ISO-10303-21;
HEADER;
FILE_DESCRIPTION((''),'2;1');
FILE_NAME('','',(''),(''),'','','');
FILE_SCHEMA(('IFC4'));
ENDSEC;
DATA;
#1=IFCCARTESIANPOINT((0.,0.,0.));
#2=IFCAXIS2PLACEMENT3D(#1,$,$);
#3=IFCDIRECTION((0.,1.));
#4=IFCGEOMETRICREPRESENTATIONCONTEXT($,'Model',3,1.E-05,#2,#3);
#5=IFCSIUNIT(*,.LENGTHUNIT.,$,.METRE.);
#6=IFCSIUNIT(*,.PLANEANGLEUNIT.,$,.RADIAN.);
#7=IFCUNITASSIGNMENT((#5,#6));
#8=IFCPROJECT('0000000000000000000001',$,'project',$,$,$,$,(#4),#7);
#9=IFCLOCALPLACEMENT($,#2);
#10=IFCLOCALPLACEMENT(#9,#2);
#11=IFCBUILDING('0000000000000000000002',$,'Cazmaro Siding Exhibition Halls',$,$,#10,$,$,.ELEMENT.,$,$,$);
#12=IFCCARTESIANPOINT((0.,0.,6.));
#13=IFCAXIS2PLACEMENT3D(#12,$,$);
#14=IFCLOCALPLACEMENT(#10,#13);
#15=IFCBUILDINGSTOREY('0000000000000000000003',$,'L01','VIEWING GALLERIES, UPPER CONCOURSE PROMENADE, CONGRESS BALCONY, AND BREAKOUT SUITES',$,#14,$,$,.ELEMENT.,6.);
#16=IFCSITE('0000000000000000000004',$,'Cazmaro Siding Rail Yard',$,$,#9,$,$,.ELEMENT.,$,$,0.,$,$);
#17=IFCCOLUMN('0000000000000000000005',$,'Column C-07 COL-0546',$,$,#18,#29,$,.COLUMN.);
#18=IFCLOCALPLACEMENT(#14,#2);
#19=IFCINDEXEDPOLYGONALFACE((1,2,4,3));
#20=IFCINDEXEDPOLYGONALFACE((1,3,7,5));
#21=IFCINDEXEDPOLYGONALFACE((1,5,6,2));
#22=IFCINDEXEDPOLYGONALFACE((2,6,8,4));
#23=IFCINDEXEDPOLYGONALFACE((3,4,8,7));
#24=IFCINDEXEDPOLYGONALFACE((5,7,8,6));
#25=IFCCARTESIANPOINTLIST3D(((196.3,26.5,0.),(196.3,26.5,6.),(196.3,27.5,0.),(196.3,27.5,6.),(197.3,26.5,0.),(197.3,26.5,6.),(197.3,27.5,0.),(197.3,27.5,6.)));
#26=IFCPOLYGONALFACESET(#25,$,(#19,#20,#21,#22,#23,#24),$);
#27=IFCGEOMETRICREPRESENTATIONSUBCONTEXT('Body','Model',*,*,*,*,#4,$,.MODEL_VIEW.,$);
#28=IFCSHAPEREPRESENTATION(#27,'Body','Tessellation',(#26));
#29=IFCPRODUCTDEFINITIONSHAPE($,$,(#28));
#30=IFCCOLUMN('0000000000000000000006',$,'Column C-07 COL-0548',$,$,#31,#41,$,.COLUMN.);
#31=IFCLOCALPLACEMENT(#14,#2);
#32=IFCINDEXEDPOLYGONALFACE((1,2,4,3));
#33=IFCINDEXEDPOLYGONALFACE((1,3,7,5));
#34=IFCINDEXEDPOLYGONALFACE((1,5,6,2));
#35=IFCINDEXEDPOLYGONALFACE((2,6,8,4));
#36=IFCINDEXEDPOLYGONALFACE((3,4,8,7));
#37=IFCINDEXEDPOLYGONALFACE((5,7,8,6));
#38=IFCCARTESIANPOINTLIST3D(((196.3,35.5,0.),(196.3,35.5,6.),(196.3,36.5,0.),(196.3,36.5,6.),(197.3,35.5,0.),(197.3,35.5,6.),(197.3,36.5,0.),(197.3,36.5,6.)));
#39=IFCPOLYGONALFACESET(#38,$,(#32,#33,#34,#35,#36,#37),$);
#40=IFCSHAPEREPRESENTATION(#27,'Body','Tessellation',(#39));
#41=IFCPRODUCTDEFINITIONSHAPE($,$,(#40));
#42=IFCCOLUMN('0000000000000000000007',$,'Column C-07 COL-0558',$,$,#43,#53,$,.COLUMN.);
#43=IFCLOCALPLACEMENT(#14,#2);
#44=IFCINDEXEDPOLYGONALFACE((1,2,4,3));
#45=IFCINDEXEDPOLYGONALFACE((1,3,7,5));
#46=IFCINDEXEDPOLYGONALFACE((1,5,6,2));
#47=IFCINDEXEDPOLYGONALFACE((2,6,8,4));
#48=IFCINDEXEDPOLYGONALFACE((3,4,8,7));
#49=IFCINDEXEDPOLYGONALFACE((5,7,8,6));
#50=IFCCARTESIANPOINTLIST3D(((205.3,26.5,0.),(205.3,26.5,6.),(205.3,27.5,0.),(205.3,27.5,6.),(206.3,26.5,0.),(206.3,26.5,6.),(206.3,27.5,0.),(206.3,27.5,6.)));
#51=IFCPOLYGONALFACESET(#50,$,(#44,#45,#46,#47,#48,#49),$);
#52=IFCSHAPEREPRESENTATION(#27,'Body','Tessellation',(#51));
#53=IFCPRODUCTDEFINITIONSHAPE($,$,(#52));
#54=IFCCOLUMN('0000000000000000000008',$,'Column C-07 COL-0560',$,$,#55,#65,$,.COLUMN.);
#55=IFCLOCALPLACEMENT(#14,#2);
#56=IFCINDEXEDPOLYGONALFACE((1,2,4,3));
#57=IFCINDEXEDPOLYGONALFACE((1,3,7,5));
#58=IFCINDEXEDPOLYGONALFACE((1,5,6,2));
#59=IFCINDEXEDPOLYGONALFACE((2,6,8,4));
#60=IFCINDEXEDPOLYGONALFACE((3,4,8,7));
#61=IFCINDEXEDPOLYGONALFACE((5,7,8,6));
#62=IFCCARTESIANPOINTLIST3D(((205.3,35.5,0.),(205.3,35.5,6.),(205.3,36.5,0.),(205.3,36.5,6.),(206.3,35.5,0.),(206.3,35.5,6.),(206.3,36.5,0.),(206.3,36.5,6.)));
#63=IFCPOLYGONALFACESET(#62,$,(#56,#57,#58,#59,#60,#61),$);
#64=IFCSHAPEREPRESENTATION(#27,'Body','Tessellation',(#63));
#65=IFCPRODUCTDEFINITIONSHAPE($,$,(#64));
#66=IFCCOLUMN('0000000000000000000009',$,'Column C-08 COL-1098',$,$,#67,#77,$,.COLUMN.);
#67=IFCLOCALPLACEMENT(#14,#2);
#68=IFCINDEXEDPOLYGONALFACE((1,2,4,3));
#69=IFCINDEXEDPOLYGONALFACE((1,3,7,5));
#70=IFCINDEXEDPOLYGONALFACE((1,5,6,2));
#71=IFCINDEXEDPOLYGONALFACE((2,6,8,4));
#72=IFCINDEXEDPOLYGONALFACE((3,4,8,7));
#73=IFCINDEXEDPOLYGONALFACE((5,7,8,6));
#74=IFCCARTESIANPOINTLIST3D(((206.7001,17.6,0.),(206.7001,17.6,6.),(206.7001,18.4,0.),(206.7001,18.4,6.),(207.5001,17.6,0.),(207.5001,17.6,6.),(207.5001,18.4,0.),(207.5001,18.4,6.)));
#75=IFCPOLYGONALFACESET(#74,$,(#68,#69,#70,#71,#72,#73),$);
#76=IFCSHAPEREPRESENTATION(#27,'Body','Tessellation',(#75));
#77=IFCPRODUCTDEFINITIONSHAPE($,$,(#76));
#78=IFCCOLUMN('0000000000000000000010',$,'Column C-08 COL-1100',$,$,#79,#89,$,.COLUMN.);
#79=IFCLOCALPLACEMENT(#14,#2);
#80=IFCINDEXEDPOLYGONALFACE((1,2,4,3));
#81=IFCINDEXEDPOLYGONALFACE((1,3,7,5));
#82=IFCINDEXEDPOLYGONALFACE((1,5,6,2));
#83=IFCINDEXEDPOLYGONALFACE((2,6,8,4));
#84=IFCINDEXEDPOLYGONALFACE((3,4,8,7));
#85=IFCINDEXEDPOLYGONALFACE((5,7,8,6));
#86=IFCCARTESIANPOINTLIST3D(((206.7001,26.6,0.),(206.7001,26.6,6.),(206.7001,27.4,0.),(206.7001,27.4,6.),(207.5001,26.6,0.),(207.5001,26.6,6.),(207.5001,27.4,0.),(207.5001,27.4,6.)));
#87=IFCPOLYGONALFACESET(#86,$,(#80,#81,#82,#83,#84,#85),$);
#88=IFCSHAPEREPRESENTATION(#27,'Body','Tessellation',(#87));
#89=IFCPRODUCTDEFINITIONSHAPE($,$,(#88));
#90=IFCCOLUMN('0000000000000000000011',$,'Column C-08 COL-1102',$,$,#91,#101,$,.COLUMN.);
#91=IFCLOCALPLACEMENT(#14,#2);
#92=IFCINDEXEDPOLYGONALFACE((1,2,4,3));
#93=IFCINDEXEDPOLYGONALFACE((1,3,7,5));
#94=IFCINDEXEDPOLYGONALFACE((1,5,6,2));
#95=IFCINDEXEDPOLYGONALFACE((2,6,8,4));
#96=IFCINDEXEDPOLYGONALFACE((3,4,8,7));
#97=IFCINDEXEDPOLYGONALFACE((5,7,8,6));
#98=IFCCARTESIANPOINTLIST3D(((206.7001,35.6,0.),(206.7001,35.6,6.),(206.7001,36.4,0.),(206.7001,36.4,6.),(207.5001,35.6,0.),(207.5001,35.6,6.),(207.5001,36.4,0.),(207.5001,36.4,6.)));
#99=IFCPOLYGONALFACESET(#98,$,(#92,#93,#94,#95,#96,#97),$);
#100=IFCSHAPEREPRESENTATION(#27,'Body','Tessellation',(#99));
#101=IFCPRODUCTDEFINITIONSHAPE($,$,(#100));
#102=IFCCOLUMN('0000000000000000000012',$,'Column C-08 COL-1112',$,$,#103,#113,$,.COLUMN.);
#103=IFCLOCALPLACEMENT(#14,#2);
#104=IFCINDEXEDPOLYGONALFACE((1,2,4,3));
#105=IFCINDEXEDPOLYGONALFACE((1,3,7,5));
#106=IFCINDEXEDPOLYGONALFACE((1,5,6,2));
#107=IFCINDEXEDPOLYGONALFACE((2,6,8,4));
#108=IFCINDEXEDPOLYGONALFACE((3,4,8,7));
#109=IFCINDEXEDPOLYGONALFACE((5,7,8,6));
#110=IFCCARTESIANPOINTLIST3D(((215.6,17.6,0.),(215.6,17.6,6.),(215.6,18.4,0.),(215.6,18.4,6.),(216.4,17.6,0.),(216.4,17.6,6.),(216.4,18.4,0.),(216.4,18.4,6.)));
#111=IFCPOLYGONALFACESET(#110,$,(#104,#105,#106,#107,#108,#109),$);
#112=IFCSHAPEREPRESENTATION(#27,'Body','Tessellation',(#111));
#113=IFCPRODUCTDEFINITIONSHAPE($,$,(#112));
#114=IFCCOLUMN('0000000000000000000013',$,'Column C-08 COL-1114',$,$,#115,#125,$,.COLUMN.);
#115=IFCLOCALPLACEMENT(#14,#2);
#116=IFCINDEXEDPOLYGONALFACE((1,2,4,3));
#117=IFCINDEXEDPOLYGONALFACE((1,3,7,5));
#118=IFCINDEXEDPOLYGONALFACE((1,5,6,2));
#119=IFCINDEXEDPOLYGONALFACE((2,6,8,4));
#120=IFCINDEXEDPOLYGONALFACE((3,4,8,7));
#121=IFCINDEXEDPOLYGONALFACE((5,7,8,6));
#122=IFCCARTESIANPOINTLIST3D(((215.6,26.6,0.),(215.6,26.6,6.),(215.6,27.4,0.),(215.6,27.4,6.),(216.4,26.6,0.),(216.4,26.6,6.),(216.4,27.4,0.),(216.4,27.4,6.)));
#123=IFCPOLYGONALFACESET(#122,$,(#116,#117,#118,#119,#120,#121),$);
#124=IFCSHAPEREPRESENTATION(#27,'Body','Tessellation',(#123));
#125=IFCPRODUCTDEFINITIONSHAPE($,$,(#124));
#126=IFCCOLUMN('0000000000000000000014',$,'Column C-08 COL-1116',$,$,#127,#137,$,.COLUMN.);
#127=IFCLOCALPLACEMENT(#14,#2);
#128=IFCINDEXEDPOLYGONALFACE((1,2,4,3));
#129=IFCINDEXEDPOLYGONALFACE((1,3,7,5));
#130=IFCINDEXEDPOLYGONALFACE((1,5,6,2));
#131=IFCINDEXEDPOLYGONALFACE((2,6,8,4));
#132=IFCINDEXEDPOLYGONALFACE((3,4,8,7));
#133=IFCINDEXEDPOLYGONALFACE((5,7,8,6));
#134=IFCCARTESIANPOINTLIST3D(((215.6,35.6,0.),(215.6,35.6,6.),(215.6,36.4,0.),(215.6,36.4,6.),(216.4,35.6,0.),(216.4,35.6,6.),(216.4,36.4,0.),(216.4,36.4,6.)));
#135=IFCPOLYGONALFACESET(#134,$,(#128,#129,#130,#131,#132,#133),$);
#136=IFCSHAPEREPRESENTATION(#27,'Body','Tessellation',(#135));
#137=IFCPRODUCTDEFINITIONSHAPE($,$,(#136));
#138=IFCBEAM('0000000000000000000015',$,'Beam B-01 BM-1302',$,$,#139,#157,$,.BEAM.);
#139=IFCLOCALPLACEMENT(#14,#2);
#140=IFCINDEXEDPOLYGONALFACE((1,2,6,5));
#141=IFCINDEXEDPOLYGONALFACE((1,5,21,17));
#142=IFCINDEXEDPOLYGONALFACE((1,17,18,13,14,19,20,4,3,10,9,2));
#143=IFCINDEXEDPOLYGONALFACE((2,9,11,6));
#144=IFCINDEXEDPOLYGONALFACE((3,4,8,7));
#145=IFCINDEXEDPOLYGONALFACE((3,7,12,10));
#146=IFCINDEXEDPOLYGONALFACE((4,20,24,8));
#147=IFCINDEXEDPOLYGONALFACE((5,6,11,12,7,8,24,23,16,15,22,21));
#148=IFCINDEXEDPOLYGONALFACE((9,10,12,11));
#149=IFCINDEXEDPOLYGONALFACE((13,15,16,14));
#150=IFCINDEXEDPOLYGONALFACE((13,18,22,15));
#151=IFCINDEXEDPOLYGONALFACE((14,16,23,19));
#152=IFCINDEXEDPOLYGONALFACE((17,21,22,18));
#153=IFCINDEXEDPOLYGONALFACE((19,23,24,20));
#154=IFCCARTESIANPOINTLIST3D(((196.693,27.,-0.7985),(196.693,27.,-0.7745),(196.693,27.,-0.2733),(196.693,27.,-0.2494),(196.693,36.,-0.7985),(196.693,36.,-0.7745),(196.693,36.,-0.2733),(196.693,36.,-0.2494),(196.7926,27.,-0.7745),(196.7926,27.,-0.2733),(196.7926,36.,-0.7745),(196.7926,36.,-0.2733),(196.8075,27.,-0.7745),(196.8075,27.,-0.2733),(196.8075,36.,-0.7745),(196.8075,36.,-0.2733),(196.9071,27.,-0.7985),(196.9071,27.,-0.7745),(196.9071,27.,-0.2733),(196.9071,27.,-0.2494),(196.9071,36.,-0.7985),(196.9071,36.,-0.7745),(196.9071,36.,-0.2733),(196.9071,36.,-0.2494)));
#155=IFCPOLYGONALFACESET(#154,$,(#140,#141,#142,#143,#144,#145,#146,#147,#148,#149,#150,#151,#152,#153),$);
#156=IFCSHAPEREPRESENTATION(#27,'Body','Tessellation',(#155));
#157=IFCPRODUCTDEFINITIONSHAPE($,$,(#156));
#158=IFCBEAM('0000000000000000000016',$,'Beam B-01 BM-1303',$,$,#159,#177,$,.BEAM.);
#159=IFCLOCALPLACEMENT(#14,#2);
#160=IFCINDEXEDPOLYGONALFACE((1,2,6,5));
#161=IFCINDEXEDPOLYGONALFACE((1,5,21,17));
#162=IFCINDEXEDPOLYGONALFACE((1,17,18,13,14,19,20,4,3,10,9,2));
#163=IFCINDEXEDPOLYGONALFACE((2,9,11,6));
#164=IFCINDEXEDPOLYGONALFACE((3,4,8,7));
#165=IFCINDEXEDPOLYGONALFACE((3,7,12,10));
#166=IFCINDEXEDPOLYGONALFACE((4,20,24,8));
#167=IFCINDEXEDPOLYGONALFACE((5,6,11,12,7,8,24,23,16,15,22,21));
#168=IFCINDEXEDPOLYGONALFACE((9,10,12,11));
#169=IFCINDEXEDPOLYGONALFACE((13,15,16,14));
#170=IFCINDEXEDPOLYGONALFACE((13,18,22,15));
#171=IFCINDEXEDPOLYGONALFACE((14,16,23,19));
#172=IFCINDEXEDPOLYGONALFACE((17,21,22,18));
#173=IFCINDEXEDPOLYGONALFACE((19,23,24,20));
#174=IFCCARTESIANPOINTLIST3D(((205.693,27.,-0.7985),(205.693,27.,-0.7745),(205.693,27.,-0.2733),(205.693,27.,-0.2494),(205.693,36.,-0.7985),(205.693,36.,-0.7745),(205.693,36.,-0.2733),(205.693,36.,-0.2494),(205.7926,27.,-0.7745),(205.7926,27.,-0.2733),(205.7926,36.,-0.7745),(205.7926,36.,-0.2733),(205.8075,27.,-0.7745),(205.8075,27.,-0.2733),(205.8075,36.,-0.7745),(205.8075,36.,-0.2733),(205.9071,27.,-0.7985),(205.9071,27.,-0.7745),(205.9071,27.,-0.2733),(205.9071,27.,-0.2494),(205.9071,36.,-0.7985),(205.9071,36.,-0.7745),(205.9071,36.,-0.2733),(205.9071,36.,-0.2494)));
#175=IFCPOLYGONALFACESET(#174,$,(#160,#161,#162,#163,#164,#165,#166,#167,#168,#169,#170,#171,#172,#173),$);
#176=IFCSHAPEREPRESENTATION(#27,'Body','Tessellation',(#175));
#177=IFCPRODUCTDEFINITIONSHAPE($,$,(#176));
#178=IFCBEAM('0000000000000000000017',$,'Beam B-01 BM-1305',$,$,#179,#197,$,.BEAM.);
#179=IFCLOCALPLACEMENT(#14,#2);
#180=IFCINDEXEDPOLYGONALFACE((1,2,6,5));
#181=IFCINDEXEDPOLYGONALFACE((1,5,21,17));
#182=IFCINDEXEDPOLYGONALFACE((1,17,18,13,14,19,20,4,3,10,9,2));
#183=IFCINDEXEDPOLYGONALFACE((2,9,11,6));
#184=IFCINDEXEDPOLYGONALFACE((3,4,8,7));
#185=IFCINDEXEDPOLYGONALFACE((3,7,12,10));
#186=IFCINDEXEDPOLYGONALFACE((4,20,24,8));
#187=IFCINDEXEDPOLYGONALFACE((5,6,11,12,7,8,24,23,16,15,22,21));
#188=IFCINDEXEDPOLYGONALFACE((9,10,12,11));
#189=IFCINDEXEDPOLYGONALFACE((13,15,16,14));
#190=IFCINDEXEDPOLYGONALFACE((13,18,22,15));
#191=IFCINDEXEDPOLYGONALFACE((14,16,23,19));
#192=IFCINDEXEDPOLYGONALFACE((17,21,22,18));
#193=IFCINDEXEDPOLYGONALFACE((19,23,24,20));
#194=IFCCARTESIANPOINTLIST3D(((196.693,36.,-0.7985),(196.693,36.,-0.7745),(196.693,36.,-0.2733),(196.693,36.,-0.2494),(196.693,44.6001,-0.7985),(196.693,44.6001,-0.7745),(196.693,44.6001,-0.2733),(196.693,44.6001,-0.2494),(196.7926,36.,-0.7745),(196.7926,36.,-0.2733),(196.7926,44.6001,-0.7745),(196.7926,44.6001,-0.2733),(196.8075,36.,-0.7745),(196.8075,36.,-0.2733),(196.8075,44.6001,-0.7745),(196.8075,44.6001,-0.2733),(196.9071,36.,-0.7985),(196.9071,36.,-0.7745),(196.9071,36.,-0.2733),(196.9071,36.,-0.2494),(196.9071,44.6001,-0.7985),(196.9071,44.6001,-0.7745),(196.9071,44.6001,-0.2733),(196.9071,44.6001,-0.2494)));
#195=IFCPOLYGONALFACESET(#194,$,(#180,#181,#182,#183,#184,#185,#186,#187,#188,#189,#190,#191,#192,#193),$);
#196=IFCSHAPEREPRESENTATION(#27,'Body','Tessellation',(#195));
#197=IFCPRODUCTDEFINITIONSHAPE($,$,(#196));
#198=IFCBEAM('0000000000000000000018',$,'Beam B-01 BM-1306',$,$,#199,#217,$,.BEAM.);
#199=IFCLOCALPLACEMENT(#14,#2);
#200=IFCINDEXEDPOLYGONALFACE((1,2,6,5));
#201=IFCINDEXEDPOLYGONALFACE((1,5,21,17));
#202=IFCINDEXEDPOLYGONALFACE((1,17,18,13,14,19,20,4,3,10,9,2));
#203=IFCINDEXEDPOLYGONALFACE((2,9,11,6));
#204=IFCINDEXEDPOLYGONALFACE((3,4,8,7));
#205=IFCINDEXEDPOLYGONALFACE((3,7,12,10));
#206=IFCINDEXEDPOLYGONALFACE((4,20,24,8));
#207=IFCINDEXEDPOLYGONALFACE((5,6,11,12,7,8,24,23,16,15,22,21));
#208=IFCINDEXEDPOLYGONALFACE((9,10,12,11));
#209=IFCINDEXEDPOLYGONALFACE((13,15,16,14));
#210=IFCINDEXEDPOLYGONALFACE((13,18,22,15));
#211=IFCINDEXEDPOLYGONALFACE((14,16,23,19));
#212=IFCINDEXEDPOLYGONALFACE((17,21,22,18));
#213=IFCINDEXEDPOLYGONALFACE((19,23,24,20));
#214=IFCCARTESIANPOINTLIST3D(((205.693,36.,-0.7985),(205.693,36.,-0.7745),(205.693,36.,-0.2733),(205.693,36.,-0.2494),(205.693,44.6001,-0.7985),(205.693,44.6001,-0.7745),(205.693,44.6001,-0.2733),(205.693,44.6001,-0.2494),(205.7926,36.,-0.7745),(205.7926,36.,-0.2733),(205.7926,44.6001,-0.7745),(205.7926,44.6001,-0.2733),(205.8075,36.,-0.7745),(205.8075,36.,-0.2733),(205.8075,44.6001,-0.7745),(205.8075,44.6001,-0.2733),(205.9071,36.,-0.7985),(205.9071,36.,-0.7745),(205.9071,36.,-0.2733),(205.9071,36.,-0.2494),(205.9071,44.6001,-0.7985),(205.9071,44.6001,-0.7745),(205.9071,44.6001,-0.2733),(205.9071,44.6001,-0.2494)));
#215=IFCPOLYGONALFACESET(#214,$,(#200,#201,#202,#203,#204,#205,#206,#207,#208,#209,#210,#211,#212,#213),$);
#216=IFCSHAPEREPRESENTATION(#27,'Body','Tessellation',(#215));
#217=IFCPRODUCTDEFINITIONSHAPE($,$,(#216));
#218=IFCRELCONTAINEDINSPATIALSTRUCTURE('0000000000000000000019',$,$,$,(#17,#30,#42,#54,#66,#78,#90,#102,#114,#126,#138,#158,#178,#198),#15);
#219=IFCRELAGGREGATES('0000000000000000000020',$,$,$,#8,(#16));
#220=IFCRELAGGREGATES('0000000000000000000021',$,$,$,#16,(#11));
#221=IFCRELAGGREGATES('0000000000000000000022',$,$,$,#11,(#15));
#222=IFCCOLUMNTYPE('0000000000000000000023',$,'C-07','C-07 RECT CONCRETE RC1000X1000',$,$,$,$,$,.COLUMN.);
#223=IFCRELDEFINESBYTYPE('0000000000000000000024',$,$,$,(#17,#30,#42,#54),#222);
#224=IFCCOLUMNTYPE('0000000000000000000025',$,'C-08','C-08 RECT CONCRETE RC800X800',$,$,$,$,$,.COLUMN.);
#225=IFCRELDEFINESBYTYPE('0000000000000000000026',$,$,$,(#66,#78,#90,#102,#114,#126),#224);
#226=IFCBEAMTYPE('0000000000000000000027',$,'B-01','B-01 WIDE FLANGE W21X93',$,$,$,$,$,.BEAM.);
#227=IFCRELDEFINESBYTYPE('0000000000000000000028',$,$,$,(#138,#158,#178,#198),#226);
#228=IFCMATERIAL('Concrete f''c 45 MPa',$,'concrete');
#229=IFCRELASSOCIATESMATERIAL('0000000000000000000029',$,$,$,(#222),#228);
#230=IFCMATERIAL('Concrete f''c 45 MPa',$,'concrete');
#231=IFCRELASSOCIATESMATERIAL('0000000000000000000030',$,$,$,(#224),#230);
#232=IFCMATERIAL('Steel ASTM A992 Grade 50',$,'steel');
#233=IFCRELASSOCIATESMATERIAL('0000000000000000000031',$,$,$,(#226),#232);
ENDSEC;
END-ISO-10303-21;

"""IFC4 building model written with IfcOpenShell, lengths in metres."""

from ifc_helpers import new_model, si_unit, direction, frame, origin, origin_2d, place, context, subcontext, project, spatial, rectangle, i_section, extrude, material, material_profile, profile_set, type_object, element, save


model = new_model("IFC4")

# Units and contexts
model_context = context("Model", 3, precision=1e-05, world=origin(), true_north=direction((0.0, 1.0)))
body_context = subcontext(model_context, "Body", "Model", "MODEL_VIEW")
ifc_project = project(units=[si_unit("LENGTHUNIT", "METRE"), si_unit("PLANEANGLEUNIT", "RADIAN")], contexts=[model_context])

# Site, building, storey
site_placement = place(None, origin())
site = spatial("IfcSite", under=ifc_project, at=site_placement, Name="Cazmaro Siding Rail Yard", CompositionType="ELEMENT", RefElevation=0.0)
building_placement = place(site_placement, origin())
building = spatial("IfcBuilding", under=site, at=building_placement, Name="Cazmaro Siding Exhibition Halls", CompositionType="ELEMENT")
storey_placement = place(building_placement, frame((0.0, 0.0, 6.0)))
storey = spatial("IfcBuildingStorey", under=building, at=storey_placement, Name="L01", Description="VIEWING GALLERIES, UPPER CONCOURSE PROMENADE, CONGRESS BALCONY, AND BREAKOUT SUITES", CompositionType="ELEMENT", Elevation=6.0)

# Columns
ifc_material_1 = material(Name="Concrete f'c 45 MPa", Category="concrete")
ifc_material_profile_1 = material_profile(ifc_material_1, rectangle(XDim=1.0, YDim=1.0, at=origin_2d()), Name="RC1000X1000")
ifc_profile_set_1 = profile_set([ifc_material_profile_1], Name="Concrete f'c 45 MPa")
column_type_1 = type_object("IfcColumnType", Name="C-07", Description="C-07 RECT CONCRETE RC1000X1000", PredefinedType="COLUMN", material=ifc_profile_set_1)
for number, where, z_axis, x_axis, name in (
    (1, (196.8, 27.0, 0.0), (0.0, 0.0, 1.0), (1.0, 0.0, 0.0), "Column C-07 COL-0546"),
    (2, (196.8, 36.0, 0.0), (0.0, 0.0, 1.0), (1.0, 0.0, 0.0), "Column C-07 COL-0548"),
    (3, (205.8, 27.0, 0.0), (0.0, 0.0, 1.0), (1.0, 0.0, 0.0), "Column C-07 COL-0558"),
    (4, (205.8, 36.0, 0.0), (0.0, 0.0, 1.0), (1.0, 0.0, 0.0), "Column C-07 COL-0560"),
):
    element("IfcColumn", number, at=place(storey_placement, frame(where, z_axis=z_axis, x_axis=x_axis)), inside=storey, type_object=column_type_1, Name=name, PredefinedType="COLUMN", context=body_context, shape_type="SweptSolid", body=[
        extrude(rectangle(XDim=1.0, YDim=1.0, at=origin_2d()), origin(), (0.0, 0.0, 1.0), 6.0),
    ])
ifc_material_2 = material(Name="Concrete f'c 45 MPa", Category="concrete")
ifc_material_profile_2 = material_profile(ifc_material_2, rectangle(XDim=0.8, YDim=0.8, at=origin_2d()), Name="RC800X800")
ifc_profile_set_2 = profile_set([ifc_material_profile_2], Name="Concrete f'c 45 MPa")
column_type_2 = type_object("IfcColumnType", Name="C-08", Description="C-08 RECT CONCRETE RC800X800", PredefinedType="COLUMN", material=ifc_profile_set_2)
for number, where, z_axis, x_axis, name in (
    (5, (207.1001, 18.0, 0.0), (0.0, 0.0, 1.0), (1.0, 0.0, 0.0), "Column C-08 COL-1098"),
    (6, (207.1001, 27.0, 0.0), (0.0, 0.0, 1.0), (1.0, 0.0, 0.0), "Column C-08 COL-1100"),
    (7, (207.1001, 36.0, 0.0), (0.0, 0.0, 1.0), (1.0, 0.0, 0.0), "Column C-08 COL-1102"),
    (8, (216.0, 18.0, 0.0), (0.0, 0.0, 1.0), (1.0, 0.0, 0.0), "Column C-08 COL-1112"),
    (9, (216.0, 27.0, 0.0), (0.0, 0.0, 1.0), (1.0, 0.0, 0.0), "Column C-08 COL-1114"),
    (10, (216.0, 36.0, 0.0), (0.0, 0.0, 1.0), (1.0, 0.0, 0.0), "Column C-08 COL-1116"),
):
    element("IfcColumn", number, at=place(storey_placement, frame(where, z_axis=z_axis, x_axis=x_axis)), inside=storey, type_object=column_type_2, Name=name, PredefinedType="COLUMN", context=body_context, shape_type="SweptSolid", body=[
        extrude(rectangle(XDim=0.8, YDim=0.8, at=origin_2d()), origin(), (0.0, 0.0, 1.0), 6.0),
    ])

# Beams
ifc_material_3 = material(Name="Steel ASTM A992 Grade 50", Category="steel")
ifc_material_profile_3 = material_profile(ifc_material_3, i_section(OverallWidth=0.2141, OverallDepth=0.5491, WebThickness=0.0149, FlangeThickness=0.0239, at=origin_2d()), Name="W21X93")
ifc_profile_set_3 = profile_set([ifc_material_profile_3], Name="Steel ASTM A992 Grade 50")
beam_type_1 = type_object("IfcBeamType", Name="B-01", Description="B-01 WIDE FLANGE W21X93", PredefinedType="BEAM", material=ifc_profile_set_3)
for number, where, z_axis, x_axis, name in (
    (11, (196.8, 27.0, -0.5239), (0.0, 1.0, 0.0), (-1.0, 0.0, 0.0), "Beam B-01 BM-1302"),
    (12, (205.8, 27.0, -0.5239), (0.0, 1.0, 0.0), (-1.0, 0.0, 0.0), "Beam B-01 BM-1303"),
):
    element("IfcBeam", number, at=place(storey_placement, frame(where, z_axis=z_axis, x_axis=x_axis)), inside=storey, type_object=beam_type_1, Name=name, PredefinedType="BEAM", context=body_context, shape_type="SweptSolid", body=[
        extrude(i_section(OverallWidth=0.2141, OverallDepth=0.5491, WebThickness=0.0149, FlangeThickness=0.0239, at=origin_2d()), origin(), (0.0, 0.0, 1.0), 9.0),
    ])
for number, where, z_axis, x_axis, name in (
    (13, (196.8, 36.0, -0.5239), (0.0, 1.0, 0.0), (-1.0, 0.0, 0.0), "Beam B-01 BM-1305"),
    (14, (205.8, 36.0, -0.5239), (0.0, 1.0, 0.0), (-1.0, 0.0, 0.0), "Beam B-01 BM-1306"),
):
    element("IfcBeam", number, at=place(storey_placement, frame(where, z_axis=z_axis, x_axis=x_axis)), inside=storey, type_object=beam_type_1, Name=name, PredefinedType="BEAM", context=body_context, shape_type="SweptSolid", body=[
        extrude(i_section(OverallWidth=0.2141, OverallDepth=0.5491, WebThickness=0.0149, FlangeThickness=0.0239, at=origin_2d()), origin(), (0.0, 0.0, 1.0), 8.6001),
    ])

save(model, "model.ifc")
